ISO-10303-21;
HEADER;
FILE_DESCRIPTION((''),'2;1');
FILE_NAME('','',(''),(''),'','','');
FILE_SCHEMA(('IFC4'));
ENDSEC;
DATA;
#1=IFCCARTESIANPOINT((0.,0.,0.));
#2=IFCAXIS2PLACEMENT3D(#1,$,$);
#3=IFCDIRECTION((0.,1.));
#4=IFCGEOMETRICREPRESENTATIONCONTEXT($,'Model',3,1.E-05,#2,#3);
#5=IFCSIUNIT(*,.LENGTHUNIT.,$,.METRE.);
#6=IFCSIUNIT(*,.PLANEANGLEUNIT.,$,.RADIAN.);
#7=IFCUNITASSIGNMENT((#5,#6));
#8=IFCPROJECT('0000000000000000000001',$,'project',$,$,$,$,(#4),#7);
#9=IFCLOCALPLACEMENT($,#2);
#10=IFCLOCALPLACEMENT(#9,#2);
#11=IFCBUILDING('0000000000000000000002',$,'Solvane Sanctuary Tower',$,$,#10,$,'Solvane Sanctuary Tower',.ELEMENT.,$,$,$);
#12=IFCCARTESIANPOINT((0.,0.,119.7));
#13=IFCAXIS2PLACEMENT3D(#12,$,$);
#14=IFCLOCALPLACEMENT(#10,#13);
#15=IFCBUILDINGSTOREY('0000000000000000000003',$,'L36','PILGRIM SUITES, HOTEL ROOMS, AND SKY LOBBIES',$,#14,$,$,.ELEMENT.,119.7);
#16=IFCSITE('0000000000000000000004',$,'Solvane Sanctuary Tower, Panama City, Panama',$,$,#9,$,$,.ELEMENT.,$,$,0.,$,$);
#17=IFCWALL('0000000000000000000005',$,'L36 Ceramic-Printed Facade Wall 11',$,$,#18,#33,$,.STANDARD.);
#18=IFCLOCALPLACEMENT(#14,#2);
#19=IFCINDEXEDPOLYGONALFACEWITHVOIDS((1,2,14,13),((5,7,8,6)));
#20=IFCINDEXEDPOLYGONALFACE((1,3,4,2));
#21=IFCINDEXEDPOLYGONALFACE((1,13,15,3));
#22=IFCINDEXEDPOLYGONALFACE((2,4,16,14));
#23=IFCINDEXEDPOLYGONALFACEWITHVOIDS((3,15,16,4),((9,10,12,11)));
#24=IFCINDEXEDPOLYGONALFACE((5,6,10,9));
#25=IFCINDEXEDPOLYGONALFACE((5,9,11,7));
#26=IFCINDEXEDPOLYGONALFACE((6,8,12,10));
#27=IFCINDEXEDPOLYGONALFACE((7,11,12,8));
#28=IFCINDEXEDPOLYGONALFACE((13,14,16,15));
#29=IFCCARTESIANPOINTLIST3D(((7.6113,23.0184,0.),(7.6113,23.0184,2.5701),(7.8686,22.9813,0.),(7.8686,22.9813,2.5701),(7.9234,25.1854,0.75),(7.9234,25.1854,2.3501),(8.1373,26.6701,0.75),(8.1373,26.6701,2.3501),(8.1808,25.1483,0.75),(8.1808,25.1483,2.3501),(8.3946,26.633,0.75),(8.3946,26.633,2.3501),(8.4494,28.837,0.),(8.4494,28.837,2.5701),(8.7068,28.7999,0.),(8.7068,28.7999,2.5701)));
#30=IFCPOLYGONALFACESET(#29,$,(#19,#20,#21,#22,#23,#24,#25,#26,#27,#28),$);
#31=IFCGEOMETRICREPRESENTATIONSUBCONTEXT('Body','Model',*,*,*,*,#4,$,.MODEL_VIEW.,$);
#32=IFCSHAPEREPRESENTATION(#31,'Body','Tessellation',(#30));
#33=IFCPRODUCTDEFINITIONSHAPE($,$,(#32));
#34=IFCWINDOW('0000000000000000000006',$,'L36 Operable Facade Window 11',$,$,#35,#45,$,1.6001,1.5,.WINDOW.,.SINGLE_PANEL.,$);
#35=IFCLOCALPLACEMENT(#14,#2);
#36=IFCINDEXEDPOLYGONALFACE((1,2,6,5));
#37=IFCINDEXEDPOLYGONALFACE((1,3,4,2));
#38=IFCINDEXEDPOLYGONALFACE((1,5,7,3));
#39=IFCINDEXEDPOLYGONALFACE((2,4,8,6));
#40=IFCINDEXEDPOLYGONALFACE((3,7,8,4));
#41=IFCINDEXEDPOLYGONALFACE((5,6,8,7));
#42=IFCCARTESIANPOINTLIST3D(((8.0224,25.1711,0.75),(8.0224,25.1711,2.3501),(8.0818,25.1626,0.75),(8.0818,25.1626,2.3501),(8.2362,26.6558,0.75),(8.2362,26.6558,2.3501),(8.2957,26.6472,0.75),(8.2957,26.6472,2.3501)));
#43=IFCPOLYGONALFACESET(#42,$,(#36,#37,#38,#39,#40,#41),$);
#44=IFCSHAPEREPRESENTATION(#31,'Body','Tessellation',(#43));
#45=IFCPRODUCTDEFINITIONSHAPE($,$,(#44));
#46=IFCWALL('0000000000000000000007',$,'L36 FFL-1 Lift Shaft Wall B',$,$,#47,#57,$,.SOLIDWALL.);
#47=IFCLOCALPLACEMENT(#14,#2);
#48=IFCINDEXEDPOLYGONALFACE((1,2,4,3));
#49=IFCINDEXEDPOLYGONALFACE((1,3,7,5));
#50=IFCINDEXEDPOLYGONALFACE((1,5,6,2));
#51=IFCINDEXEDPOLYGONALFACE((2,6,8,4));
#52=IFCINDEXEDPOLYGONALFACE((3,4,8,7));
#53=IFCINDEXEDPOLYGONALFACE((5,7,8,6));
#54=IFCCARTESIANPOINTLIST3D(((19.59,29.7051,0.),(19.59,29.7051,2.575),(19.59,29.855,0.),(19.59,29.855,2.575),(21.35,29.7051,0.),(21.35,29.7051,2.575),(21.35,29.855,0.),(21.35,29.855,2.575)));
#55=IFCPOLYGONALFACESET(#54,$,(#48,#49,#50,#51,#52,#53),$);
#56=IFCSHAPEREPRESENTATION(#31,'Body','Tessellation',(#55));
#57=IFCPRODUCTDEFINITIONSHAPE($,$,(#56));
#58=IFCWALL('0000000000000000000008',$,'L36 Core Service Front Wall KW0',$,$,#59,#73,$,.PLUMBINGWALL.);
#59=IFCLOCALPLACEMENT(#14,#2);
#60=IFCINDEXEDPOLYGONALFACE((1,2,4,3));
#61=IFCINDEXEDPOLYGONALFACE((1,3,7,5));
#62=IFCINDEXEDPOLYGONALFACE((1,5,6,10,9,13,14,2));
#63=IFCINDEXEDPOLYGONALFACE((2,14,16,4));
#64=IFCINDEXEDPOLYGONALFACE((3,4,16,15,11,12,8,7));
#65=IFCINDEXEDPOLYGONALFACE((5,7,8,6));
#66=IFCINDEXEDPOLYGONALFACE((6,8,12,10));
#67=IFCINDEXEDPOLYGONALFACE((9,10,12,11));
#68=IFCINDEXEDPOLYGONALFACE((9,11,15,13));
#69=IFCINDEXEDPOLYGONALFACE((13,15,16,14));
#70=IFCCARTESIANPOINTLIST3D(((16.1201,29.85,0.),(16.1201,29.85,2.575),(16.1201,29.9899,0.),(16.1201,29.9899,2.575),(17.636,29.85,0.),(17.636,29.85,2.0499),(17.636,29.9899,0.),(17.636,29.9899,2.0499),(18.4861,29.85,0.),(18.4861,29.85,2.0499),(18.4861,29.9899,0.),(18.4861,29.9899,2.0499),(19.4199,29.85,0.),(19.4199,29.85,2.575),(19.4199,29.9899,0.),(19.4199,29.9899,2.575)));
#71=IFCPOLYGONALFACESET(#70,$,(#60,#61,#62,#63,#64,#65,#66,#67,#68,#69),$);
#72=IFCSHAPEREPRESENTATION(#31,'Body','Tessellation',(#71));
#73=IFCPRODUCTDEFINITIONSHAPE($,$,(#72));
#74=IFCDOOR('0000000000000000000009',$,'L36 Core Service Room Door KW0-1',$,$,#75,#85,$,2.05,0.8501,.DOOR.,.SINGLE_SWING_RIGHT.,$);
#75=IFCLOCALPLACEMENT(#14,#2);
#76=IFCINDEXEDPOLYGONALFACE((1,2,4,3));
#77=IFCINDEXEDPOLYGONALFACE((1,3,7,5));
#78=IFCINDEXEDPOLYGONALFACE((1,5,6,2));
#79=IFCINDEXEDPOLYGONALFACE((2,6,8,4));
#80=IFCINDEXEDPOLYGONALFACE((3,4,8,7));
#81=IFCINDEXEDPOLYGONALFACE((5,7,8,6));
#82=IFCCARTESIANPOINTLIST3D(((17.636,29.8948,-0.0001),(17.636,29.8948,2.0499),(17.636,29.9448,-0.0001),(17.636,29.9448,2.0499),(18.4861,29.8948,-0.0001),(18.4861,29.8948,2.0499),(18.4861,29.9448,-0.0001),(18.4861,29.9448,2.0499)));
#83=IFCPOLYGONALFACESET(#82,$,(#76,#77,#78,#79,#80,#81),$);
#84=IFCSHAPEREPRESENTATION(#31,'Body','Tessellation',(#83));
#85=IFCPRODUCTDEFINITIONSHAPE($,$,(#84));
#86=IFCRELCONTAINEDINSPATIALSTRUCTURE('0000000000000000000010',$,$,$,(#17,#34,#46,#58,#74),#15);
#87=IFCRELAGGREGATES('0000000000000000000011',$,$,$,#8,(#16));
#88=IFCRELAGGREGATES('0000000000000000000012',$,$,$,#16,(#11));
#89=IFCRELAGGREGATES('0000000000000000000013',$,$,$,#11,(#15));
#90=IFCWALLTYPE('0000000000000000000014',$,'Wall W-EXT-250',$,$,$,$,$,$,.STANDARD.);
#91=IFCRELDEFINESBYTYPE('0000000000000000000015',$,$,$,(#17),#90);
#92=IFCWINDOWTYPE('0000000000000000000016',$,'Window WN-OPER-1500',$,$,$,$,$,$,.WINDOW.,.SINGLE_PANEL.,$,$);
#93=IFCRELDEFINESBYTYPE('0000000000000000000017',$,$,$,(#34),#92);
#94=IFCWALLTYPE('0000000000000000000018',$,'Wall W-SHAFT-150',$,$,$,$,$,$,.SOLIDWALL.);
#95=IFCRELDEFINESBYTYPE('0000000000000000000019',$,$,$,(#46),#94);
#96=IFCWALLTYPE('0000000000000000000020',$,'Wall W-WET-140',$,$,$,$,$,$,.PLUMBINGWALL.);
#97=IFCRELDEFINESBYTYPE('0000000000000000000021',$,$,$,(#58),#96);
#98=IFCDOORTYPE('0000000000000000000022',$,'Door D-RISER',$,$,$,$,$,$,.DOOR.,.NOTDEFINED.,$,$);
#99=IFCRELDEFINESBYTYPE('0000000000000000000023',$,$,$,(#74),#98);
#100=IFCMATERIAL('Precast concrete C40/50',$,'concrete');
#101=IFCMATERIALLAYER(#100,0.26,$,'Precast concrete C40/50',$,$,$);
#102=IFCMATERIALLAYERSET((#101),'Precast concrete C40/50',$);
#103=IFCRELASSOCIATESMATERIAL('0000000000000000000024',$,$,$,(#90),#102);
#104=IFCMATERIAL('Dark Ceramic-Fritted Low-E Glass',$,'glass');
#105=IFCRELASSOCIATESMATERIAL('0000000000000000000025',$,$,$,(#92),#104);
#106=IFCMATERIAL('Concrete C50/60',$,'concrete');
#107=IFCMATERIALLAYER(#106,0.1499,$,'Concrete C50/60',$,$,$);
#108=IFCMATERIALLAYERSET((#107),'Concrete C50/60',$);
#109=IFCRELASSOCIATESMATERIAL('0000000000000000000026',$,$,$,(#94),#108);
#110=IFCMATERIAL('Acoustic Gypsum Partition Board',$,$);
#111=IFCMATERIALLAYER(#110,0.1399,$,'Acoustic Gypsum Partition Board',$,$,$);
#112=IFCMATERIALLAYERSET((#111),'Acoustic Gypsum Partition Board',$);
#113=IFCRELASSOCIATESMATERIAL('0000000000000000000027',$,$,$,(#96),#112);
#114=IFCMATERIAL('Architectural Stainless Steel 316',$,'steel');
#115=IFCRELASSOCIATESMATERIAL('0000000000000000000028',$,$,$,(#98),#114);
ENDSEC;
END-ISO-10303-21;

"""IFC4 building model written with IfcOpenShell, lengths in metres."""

from ifc_helpers import new_model, si_unit, direction, frame, frame_2d, origin, place, context, subcontext, project, spatial, rectangle, extrude, material, layer, layer_set, type_object, element, fill, save


model = new_model("IFC4")

# Units and contexts
model_context = context("Model", 3, precision=1e-05, world=origin(), true_north=direction((0.0, 1.0)))
body_context = subcontext(model_context, "Body", "Model", "MODEL_VIEW")
ifc_project = project(units=[si_unit("LENGTHUNIT", "METRE"), si_unit("PLANEANGLEUNIT", "RADIAN")], contexts=[model_context])

# Site, building, storey
site_placement = place(None, origin())
site = spatial("IfcSite", under=ifc_project, at=site_placement, Name="Solvane Sanctuary Tower, Panama City, Panama", CompositionType="ELEMENT", RefElevation=0.0)
building_placement = place(site_placement, origin())
building = spatial("IfcBuilding", under=site, at=building_placement, Name="Solvane Sanctuary Tower", LongName="Solvane Sanctuary Tower", CompositionType="ELEMENT")
storey_placement = place(building_placement, frame((0.0, 0.0, 119.7)))
storey = spatial("IfcBuildingStorey", under=building, at=storey_placement, Name="L36", Description="PILGRIM SUITES, HOTEL ROOMS, AND SKY LOBBIES", CompositionType="ELEMENT", Elevation=119.7)

# Shared definitions
ifc_material_1 = material(Name="Acoustic Gypsum Partition Board")

# Shared definitions
ifc_material_2 = material(Name="Precast concrete C40/50", Category="concrete")
ifc_layer_1 = layer(ifc_material_2, 0.26, Name="Precast concrete C40/50")
ifc_layer_set_1 = layer_set([ifc_layer_1], Name="Precast concrete C40/50")
wall_type_1 = type_object("IfcWallType", Name="Wall W-EXT-250", PredefinedType="STANDARD", material=ifc_layer_set_1)

# Wall, opening, window
ifc_material_3 = material(Name="Dark Ceramic-Fritted Low-E Glass", Category="glass")
wall_1_placement = place(storey_placement, frame((8.5781, 28.8186, 0.0), z_axis=(0.0, 0.0, 1.0), x_axis=(-0.142572, -0.989784, 0.0)))
wall_1 = element("IfcWall", 1, at=wall_1_placement, inside=storey, type_object=wall_type_1, Name="L36 Ceramic-Printed Facade Wall 11", PredefinedType="STANDARD", context=body_context, shape_type="SweptSolid", body=[
    extrude(rectangle(XDim=5.8787, YDim=0.26, at=frame_2d((2.9395, 0.0))), origin(), (0.0, 0.0, 1.0), 2.5701),
])
opening_1_placement = place(wall_1_placement, frame((2.1895, 0.0, 0.75)))
opening_1 = element("IfcOpeningElement", 2, at=opening_1_placement, cuts=wall_1, PredefinedType="OPENING", context=body_context, shape_type="SweptSolid", body=[
    extrude(rectangle(XDim=1.5, YDim=1.6001, at=frame_2d((0.75, 0.8))), frame((0.0, 0.1399, 0.0), z_axis=(0.0, -1.0, 0.0), x_axis=(1.0, 0.0, 0.0)), (0.0, 0.0, 1.0), 0.28),
])
window_type_1 = type_object("IfcWindowType", Name="Window WN-OPER-1500", PartitioningType="SINGLE_PANEL", PredefinedType="WINDOW", material=ifc_material_3)
window_1_placement = place(opening_1_placement, origin())
window_1 = element("IfcWindow", 3, at=window_1_placement, inside=storey, type_object=window_type_1, Name="L36 Operable Facade Window 11", OverallHeight=1.6001, OverallWidth=1.5, PartitioningType="SINGLE_PANEL", PredefinedType="WINDOW", context=body_context, shape_type="SweptSolid", body=[
    extrude(rectangle(XDim=1.5, YDim=1.6001, at=frame_2d((0.75, 0.8))), frame((0.0, 0.03, 0.0), z_axis=(0.0, -1.0, 0.0), x_axis=(1.0, 0.0, 0.0)), (0.0, 0.0, 1.0), 0.0601),
])
fill(opening_1, window_1)

# Wall
ifc_material_4 = material(Name="Concrete C50/60", Category="concrete")
ifc_layer_2 = layer(ifc_material_4, 0.1499, Name="Concrete C50/60")
ifc_layer_set_2 = layer_set([ifc_layer_2], Name="Concrete C50/60")
wall_type_2 = type_object("IfcWallType", Name="Wall W-SHAFT-150", PredefinedType="SOLIDWALL", material=ifc_layer_set_2)
wall_2_placement = place(storey_placement, frame((19.5901, 29.78, 0.0), z_axis=(0.0, 0.0, 1.0), x_axis=(1.0, 0.0, 0.0)))
element("IfcWall", 4, at=wall_2_placement, inside=storey, type_object=wall_type_2, Name="L36 FFL-1 Lift Shaft Wall B", PredefinedType="SOLIDWALL", context=body_context, shape_type="SweptSolid", body=[
    extrude(rectangle(XDim=1.76, YDim=0.1499, at=frame_2d((0.8799, 0.0))), origin(), (0.0, 0.0, 1.0), 2.575),
])

# Wall, opening, door
ifc_layer_3 = layer(ifc_material_1, 0.1399, Name="Acoustic Gypsum Partition Board")
ifc_layer_set_3 = layer_set([ifc_layer_3], Name="Acoustic Gypsum Partition Board")
wall_type_3 = type_object("IfcWallType", Name="Wall W-WET-140", PredefinedType="PLUMBINGWALL", material=ifc_layer_set_3)
wall_3_placement = place(storey_placement, frame((16.1201, 29.9199, 0.0), z_axis=(0.0, 0.0, 1.0), x_axis=(1.0, 0.0, 0.0)))
wall_3 = element("IfcWall", 5, at=wall_3_placement, inside=storey, type_object=wall_type_3, Name="L36 Core Service Front Wall KW0", PredefinedType="PLUMBINGWALL", context=body_context, shape_type="SweptSolid", body=[
    extrude(rectangle(XDim=3.2998, YDim=0.1399, at=frame_2d((1.6499, 0.0))), origin(), (0.0, 0.0, 1.0), 2.575),
])
opening_2_placement = place(wall_3_placement, frame((1.5159, 0.0, 0.0)))
opening_2 = element("IfcOpeningElement", 6, at=opening_2_placement, cuts=wall_3, PredefinedType="OPENING", context=body_context, shape_type="SweptSolid", body=[
    extrude(rectangle(XDim=0.8501, YDim=2.05, at=frame_2d((0.425, 1.0249))), frame((0.0, 0.0798, 0.0), z_axis=(0.0, -1.0, 0.0), x_axis=(1.0, 0.0, 0.0)), (0.0, 0.0, 1.0), 0.1599),
])
ifc_material_5 = material(Name="Architectural Stainless Steel 316", Category="steel")
door_type_1 = type_object("IfcDoorType", Name="Door D-RISER", OperationType="NOTDEFINED", PredefinedType="DOOR", material=ifc_material_5)
door_1_placement = place(opening_2_placement, origin())
door_1 = element("IfcDoor", 7, at=door_1_placement, inside=storey, type_object=door_type_1, Name="L36 Core Service Room Door KW0-1", OperationType="SINGLE_SWING_RIGHT", OverallHeight=2.05, OverallWidth=0.8501, PredefinedType="DOOR", context=body_context, shape_type="SweptSolid", body=[
    extrude(rectangle(XDim=0.8501, YDim=2.05, at=frame_2d((0.425, 1.0249))), frame((0.0, 0.0249, 0.0), z_axis=(0.0, -1.0, 0.0), x_axis=(1.0, 0.0, 0.0)), (0.0, 0.0, 1.0), 0.05),
])
fill(opening_2, door_1)

save(model, "model.ifc")
